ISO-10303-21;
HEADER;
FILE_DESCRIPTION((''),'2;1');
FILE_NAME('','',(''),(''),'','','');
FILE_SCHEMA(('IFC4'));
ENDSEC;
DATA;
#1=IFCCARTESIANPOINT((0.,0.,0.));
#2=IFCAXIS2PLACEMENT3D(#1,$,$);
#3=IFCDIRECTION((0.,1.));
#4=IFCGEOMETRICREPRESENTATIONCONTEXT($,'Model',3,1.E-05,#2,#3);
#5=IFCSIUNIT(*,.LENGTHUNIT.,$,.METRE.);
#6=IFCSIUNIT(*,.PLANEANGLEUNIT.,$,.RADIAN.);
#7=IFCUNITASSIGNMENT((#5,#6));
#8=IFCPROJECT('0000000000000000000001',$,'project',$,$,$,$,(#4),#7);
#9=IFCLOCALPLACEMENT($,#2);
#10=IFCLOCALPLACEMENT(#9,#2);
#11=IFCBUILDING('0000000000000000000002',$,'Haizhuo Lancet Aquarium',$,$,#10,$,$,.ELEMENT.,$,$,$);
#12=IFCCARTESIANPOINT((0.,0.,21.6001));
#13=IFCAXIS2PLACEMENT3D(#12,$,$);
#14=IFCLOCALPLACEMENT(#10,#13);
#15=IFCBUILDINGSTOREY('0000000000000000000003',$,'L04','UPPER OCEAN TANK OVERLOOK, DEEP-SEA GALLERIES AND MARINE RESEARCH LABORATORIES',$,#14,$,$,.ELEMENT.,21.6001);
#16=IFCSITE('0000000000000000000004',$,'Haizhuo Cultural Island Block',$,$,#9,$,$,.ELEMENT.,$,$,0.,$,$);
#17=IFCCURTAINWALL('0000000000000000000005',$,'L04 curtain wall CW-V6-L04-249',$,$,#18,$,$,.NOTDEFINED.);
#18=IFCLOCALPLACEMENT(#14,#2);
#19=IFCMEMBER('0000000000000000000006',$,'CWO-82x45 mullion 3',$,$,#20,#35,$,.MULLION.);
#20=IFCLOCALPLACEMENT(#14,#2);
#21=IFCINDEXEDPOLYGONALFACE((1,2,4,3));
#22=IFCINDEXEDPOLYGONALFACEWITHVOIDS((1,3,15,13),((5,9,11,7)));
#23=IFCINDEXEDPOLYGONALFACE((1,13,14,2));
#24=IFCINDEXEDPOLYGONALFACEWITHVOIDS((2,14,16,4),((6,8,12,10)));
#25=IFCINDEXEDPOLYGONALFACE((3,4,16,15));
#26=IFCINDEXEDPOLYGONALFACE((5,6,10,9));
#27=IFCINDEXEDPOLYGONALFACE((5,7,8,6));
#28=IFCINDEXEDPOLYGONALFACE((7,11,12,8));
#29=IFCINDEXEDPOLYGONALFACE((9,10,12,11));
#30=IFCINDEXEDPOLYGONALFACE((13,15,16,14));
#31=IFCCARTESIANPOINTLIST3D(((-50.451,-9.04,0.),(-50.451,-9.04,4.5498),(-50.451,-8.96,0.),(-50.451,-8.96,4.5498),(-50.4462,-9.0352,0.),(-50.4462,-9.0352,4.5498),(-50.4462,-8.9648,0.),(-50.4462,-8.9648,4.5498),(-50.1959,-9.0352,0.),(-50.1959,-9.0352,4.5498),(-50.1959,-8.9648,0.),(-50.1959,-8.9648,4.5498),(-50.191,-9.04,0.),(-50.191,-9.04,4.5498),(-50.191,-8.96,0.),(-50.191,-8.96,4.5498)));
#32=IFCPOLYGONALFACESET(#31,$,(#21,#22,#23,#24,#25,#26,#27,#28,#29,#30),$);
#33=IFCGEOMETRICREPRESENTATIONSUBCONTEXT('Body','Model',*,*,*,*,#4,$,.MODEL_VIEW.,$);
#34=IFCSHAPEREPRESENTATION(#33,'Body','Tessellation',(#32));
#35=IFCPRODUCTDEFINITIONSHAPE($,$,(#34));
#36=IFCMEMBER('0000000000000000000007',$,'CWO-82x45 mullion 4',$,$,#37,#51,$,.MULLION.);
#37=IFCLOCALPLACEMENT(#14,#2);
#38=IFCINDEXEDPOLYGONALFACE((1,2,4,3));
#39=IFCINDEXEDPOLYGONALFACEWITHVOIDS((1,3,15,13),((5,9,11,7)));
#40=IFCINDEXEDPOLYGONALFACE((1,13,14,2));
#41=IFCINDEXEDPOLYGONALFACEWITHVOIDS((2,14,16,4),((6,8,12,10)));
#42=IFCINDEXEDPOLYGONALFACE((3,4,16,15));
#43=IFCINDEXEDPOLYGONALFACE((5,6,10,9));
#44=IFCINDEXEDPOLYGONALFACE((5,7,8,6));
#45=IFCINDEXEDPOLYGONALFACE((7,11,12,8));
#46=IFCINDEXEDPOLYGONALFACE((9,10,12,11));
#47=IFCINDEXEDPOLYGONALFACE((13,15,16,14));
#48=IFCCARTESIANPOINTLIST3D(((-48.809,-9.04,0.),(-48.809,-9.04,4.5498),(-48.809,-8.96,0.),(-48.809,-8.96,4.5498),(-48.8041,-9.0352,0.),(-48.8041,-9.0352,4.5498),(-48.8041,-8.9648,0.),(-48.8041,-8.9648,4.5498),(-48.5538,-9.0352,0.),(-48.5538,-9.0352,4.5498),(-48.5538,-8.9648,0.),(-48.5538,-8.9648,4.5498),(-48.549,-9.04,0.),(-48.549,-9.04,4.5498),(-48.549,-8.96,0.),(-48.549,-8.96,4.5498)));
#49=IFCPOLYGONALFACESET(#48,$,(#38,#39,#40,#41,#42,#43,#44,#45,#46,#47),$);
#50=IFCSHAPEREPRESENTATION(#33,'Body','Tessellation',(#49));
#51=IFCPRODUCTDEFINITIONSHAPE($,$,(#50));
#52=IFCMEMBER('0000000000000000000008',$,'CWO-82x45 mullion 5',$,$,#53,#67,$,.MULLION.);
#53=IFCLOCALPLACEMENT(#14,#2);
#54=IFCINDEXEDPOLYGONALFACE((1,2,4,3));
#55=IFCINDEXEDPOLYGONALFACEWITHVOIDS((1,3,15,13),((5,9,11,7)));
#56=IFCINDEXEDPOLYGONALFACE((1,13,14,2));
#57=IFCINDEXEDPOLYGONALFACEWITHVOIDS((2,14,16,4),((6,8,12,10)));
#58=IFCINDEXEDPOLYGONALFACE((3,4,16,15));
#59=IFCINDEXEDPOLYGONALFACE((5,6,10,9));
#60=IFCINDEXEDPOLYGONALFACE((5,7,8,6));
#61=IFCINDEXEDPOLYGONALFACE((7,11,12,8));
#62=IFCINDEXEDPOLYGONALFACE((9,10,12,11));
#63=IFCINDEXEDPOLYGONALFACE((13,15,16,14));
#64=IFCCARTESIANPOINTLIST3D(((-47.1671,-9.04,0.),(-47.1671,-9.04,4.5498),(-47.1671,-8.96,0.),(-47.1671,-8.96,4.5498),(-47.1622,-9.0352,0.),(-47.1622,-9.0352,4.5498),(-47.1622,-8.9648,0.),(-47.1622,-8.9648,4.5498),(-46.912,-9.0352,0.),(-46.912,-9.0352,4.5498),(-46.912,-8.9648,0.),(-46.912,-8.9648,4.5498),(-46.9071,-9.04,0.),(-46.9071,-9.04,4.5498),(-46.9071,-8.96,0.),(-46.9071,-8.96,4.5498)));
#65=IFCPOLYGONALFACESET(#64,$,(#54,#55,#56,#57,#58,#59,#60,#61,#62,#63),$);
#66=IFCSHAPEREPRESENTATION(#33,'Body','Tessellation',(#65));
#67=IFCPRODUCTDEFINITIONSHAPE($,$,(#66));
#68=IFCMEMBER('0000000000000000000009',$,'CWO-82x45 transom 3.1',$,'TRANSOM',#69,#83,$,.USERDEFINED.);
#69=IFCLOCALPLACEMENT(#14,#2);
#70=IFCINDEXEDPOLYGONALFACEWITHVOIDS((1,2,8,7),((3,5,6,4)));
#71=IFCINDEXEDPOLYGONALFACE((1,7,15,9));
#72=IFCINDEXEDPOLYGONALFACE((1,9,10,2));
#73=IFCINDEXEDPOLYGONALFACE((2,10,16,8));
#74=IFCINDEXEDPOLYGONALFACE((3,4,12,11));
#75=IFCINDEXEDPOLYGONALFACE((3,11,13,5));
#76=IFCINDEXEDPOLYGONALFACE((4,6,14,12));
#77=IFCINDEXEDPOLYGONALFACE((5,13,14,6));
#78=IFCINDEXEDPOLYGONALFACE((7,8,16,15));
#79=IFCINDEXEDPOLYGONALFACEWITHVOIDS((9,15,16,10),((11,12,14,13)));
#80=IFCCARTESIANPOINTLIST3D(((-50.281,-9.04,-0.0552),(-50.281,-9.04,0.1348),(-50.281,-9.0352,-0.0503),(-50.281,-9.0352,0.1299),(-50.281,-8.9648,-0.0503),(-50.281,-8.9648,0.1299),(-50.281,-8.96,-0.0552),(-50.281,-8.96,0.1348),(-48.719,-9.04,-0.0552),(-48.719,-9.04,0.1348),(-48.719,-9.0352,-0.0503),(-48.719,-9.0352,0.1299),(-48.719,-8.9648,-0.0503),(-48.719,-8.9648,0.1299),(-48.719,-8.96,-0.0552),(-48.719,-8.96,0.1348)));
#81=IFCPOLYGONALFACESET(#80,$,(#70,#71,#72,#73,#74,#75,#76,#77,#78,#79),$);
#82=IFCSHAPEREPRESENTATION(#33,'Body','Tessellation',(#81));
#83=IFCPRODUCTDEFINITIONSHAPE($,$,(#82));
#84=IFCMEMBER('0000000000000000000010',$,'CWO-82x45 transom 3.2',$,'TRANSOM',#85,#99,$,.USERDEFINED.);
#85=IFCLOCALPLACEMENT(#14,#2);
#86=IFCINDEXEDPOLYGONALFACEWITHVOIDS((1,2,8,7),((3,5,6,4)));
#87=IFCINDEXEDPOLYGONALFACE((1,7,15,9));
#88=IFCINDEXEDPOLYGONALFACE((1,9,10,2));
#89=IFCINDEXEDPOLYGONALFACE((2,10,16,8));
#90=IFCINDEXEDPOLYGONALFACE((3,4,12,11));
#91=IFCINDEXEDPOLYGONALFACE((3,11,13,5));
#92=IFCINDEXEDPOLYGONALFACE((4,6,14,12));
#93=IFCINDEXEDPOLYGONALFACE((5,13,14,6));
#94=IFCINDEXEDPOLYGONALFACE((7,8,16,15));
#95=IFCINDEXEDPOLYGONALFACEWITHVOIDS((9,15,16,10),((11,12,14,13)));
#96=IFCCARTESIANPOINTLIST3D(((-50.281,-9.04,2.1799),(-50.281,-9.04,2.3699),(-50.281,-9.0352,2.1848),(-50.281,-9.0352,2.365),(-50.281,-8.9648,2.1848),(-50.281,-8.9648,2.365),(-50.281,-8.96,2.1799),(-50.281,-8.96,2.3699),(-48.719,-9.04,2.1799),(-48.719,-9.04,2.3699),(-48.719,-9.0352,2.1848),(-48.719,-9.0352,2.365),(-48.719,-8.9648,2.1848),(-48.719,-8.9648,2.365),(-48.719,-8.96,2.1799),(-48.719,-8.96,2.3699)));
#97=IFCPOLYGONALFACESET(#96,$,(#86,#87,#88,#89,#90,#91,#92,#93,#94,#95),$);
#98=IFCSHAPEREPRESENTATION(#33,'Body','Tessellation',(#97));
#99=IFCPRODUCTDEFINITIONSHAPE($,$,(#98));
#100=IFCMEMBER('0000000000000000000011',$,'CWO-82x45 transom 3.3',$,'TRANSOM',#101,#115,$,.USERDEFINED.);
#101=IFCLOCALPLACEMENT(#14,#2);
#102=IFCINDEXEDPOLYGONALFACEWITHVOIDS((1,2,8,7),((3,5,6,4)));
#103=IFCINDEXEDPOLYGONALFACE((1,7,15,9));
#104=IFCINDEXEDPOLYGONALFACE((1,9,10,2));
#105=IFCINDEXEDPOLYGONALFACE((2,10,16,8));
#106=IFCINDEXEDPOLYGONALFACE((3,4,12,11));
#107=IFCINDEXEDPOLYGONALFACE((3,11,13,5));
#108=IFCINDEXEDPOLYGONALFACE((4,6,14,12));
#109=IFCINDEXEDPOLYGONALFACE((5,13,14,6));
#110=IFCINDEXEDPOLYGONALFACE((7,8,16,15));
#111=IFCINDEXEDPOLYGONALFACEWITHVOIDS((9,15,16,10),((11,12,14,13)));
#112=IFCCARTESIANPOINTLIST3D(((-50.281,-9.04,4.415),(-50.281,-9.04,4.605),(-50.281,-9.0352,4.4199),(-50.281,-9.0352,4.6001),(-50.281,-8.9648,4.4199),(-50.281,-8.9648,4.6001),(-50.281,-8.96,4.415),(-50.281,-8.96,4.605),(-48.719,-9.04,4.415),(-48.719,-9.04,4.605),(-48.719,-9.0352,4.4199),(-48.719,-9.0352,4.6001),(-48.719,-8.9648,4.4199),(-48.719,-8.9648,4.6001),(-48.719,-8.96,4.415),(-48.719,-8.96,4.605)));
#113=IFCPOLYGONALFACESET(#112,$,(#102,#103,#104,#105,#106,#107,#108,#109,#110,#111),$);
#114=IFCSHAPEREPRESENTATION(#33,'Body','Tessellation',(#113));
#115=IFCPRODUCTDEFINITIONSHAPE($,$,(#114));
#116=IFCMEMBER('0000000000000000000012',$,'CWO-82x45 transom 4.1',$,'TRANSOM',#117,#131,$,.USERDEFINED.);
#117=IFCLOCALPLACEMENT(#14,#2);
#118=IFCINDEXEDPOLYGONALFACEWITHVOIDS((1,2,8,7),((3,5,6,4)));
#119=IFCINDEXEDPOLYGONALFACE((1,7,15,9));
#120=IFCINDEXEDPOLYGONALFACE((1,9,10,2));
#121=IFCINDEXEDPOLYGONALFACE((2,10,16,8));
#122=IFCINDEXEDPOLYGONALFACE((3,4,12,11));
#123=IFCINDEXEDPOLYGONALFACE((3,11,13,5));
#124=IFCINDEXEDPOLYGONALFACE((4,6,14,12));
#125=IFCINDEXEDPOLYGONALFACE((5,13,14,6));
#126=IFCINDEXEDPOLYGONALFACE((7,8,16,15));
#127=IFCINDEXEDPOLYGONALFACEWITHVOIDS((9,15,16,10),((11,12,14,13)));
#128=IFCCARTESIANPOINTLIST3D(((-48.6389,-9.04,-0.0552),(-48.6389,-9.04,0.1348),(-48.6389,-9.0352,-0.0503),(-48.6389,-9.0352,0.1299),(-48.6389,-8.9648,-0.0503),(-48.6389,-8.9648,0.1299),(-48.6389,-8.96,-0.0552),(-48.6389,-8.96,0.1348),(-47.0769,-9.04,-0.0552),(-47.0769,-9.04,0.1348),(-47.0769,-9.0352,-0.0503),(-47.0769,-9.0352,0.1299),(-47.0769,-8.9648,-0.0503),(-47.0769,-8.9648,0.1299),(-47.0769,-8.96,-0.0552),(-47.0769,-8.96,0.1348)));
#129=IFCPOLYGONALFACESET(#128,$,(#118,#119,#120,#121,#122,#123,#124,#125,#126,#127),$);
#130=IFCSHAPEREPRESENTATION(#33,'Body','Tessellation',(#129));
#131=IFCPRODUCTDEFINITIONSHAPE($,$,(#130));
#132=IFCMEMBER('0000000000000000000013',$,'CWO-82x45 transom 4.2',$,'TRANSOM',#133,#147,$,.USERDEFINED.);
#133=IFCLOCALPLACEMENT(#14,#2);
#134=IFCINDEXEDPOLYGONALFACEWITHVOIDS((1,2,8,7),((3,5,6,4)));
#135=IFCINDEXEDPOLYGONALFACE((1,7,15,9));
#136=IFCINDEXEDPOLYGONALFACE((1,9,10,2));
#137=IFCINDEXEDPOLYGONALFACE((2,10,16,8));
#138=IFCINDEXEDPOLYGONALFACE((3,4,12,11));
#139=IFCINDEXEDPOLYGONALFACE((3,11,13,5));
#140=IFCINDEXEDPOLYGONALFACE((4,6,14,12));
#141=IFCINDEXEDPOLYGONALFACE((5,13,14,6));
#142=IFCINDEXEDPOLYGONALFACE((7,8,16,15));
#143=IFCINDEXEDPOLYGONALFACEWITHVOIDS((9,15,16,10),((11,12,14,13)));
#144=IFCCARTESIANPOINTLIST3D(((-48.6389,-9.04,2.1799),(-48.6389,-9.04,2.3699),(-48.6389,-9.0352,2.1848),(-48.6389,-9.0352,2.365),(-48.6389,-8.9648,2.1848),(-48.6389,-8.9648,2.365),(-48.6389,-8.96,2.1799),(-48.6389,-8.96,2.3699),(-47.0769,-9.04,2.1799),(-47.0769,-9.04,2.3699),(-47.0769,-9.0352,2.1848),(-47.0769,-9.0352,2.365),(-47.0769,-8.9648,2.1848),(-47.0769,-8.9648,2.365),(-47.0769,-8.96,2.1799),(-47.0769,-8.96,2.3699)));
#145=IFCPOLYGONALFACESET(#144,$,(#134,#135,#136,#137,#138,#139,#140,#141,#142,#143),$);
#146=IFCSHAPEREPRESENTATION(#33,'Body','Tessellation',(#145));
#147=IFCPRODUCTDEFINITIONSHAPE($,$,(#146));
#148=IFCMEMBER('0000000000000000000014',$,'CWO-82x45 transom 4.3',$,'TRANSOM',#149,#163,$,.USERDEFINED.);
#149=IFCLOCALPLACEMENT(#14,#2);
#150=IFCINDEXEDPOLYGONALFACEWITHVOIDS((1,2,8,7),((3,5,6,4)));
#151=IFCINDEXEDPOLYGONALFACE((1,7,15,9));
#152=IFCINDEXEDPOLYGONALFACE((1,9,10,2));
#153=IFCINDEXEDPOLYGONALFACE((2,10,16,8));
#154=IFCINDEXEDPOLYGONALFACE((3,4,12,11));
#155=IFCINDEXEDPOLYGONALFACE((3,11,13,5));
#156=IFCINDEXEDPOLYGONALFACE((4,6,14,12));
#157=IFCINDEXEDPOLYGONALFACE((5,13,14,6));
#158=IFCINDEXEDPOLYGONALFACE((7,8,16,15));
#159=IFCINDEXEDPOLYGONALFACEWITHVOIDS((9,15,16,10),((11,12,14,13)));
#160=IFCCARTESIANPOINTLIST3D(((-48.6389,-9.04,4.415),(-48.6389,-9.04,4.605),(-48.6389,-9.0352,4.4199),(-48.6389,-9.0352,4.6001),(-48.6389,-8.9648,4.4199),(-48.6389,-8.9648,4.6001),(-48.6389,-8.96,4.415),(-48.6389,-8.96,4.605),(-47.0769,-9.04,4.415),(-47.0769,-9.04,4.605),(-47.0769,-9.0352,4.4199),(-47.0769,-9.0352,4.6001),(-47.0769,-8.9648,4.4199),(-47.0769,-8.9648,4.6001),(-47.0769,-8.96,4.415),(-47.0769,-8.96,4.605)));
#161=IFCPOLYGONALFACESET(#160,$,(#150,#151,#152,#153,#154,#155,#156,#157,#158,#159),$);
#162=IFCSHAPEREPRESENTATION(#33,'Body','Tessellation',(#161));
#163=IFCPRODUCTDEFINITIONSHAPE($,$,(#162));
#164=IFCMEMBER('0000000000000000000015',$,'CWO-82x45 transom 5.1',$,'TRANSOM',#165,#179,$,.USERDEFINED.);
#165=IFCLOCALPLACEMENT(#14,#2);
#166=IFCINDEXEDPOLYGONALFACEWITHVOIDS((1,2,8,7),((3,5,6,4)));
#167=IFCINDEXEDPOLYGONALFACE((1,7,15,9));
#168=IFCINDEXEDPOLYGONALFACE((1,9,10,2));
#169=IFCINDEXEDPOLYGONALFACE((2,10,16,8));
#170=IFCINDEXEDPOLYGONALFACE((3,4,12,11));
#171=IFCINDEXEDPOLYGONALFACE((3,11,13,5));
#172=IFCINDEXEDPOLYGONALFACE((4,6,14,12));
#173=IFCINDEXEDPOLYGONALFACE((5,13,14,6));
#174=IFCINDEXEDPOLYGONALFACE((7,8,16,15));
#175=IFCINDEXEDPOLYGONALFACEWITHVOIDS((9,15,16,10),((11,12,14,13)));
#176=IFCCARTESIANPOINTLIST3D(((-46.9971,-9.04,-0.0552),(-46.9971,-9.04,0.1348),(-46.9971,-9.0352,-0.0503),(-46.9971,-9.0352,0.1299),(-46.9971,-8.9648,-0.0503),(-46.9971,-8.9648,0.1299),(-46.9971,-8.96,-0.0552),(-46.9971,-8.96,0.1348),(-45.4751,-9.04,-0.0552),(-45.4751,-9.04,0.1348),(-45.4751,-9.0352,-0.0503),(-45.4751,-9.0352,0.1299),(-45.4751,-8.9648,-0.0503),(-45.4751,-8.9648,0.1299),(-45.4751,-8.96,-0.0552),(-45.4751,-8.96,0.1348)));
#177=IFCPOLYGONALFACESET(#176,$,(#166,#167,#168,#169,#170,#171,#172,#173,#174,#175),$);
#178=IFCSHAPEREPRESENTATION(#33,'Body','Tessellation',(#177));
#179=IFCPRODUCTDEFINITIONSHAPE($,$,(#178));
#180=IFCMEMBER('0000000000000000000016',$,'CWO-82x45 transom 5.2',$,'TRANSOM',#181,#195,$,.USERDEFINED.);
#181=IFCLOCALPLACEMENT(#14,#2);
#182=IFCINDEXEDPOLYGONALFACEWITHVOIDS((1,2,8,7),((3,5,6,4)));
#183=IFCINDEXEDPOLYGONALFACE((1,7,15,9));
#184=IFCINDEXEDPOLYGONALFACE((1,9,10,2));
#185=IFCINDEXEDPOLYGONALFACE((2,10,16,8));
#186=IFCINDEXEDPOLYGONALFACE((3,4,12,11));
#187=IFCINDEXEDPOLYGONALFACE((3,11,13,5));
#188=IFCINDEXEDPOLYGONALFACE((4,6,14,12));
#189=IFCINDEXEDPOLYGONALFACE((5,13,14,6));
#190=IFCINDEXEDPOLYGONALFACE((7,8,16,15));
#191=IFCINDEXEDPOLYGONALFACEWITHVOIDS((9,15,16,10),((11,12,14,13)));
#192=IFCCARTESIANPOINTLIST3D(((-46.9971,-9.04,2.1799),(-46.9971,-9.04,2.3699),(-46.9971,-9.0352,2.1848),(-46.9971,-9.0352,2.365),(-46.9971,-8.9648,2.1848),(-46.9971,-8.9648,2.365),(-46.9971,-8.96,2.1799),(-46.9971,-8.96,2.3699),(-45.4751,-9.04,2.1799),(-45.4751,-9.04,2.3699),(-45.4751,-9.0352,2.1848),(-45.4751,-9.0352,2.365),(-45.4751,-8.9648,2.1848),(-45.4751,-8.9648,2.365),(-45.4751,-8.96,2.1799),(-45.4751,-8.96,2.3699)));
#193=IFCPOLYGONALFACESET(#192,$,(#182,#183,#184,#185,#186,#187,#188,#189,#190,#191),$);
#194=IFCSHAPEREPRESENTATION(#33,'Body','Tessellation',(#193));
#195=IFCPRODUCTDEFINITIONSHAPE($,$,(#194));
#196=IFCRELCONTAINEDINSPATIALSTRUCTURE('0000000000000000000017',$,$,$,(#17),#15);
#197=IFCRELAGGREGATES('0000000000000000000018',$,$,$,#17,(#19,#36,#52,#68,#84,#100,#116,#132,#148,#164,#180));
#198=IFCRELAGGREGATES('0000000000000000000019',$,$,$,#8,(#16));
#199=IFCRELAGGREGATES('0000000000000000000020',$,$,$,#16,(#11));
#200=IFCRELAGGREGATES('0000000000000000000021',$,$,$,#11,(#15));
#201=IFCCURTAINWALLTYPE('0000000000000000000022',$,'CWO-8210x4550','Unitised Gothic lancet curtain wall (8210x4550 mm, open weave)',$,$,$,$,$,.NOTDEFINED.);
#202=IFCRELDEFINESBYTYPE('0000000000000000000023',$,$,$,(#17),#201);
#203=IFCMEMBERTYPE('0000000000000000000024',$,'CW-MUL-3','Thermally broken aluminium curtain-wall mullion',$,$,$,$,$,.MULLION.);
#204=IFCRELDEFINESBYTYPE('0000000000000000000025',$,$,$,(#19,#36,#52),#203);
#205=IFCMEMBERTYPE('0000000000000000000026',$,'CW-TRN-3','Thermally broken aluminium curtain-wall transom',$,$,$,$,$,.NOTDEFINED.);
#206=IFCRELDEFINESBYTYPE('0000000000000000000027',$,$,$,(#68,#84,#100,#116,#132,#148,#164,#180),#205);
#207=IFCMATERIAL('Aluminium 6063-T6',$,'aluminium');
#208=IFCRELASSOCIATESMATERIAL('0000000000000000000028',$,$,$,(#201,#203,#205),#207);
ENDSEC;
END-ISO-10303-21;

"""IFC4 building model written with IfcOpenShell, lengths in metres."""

from ifc_helpers import new_model, si_unit, direction, frame, origin, origin_2d, place, context, subcontext, project, spatial, hollow_rectangle, extrude, material, material_profile, profile_set, type_object, element, aggregate, save


model = new_model("IFC4")

# Units and contexts
model_context = context("Model", 3, precision=1e-05, world=origin(), true_north=direction((0.0, 1.0)))
body_context = subcontext(model_context, "Body", "Model", "MODEL_VIEW")
ifc_project = project(units=[si_unit("LENGTHUNIT", "METRE"), si_unit("PLANEANGLEUNIT", "RADIAN")], contexts=[model_context])

# Site, building, storey
site_placement = place(None, origin())
site = spatial("IfcSite", under=ifc_project, at=site_placement, Name="Haizhuo Cultural Island Block", CompositionType="ELEMENT", RefElevation=0.0)
building_placement = place(site_placement, origin())
building = spatial("IfcBuilding", under=site, at=building_placement, Name="Haizhuo Lancet Aquarium", CompositionType="ELEMENT")
storey_placement = place(building_placement, frame((0.0, 0.0, 21.6001)))
storey = spatial("IfcBuildingStorey", under=building, at=storey_placement, Name="L04", Description="UPPER OCEAN TANK OVERLOOK, DEEP-SEA GALLERIES AND MARINE RESEARCH LABORATORIES", CompositionType="ELEMENT", Elevation=21.6001)

# Curtain wall, members
ifc_material_1 = material(Name="Aluminium 6063-T6", Category="aluminium")
curtain_wall_type = type_object("IfcCurtainWallType", Name="CWO-8210x4550", Description="Unitised Gothic lancet curtain wall (8210x4550 mm, open weave)", PredefinedType="NOTDEFINED", material=ifc_material_1)
curtain_wall_placement = place(storey_placement, origin())
curtain_wall = element("IfcCurtainWall", 1, at=curtain_wall_placement, inside=storey, type_object=curtain_wall_type, Name="L04 curtain wall CW-V6-L04-249", PredefinedType="NOTDEFINED")
ifc_material_profile_1 = material_profile(ifc_material_1, hollow_rectangle(XDim=0.0801, YDim=0.26, WallThickness=0.0049, at=origin_2d()), Name="ALU-M 80x260x5")
ifc_profile_set_1 = profile_set([ifc_material_profile_1], Name="Aluminium 6063-T6")
member_type_1 = type_object("IfcMemberType", Name="CW-MUL-3", Description="Thermally broken aluminium curtain-wall mullion", PredefinedType="MULLION", material=ifc_profile_set_1)
member_1_placement = place(storey_placement, frame((-50.321, -9.0, 0.0), z_axis=(0.0, 0.0, 1.0), x_axis=(0.0, 1.0, 0.0)))
member_1 = element("IfcMember", 2, at=member_1_placement, type_object=member_type_1, Name="CWO-82x45 mullion 3", PredefinedType="MULLION", context=body_context, shape_type="SweptSolid", body=[
    extrude(hollow_rectangle(XDim=0.0801, YDim=0.26, WallThickness=0.0049, at=origin_2d()), origin(), (0.0, 0.0, 1.0), 4.5498),
])
member_2_placement = place(storey_placement, frame((-48.679, -9.0, 0.0), z_axis=(0.0, 0.0, 1.0), x_axis=(0.0, 1.0, 0.0)))
member_2 = element("IfcMember", 3, at=member_2_placement, type_object=member_type_1, Name="CWO-82x45 mullion 4", PredefinedType="MULLION", context=body_context, shape_type="SweptSolid", body=[
    extrude(hollow_rectangle(XDim=0.0801, YDim=0.26, WallThickness=0.0049, at=origin_2d()), origin(), (0.0, 0.0, 1.0), 4.5498),
])
member_3_placement = place(storey_placement, frame((-47.0371, -9.0, 0.0), z_axis=(0.0, 0.0, 1.0), x_axis=(0.0, 1.0, 0.0)))
member_3 = element("IfcMember", 4, at=member_3_placement, type_object=member_type_1, Name="CWO-82x45 mullion 5", PredefinedType="MULLION", context=body_context, shape_type="SweptSolid", body=[
    extrude(hollow_rectangle(XDim=0.0801, YDim=0.26, WallThickness=0.0049, at=origin_2d()), origin(), (0.0, 0.0, 1.0), 4.5498),
])
ifc_material_profile_2 = material_profile(ifc_material_1, hollow_rectangle(XDim=0.0801, YDim=0.1899, WallThickness=0.0049, at=origin_2d()), Name="ALU-T 80x190x5")
ifc_profile_set_2 = profile_set([ifc_material_profile_2], Name="Aluminium 6063-T6")
member_type_2 = type_object("IfcMemberType", Name="CW-TRN-3", Description="Thermally broken aluminium curtain-wall transom", PredefinedType="NOTDEFINED", material=ifc_profile_set_2)
member_4_placement = place(storey_placement, frame((-50.281, -9.0, 0.0398), z_axis=(1.0, 0.0, 0.0), x_axis=(0.0, 1.0, 0.0)))
member_4 = element("IfcMember", 5, at=member_4_placement, type_object=member_type_2, Name="CWO-82x45 transom 3.1", ObjectType="TRANSOM", PredefinedType="USERDEFINED", context=body_context, shape_type="SweptSolid", body=[
    extrude(hollow_rectangle(XDim=0.0801, YDim=0.1899, WallThickness=0.0049, at=origin_2d()), origin(), (0.0, 0.0, 1.0), 1.562),
])
member_5_placement = place(storey_placement, frame((-50.281, -9.0, 2.2749), z_axis=(1.0, 0.0, 0.0), x_axis=(0.0, 1.0, 0.0)))
member_5 = element("IfcMember", 6, at=member_5_placement, type_object=member_type_2, Name="CWO-82x45 transom 3.2", ObjectType="TRANSOM", PredefinedType="USERDEFINED", context=body_context, shape_type="SweptSolid", body=[
    extrude(hollow_rectangle(XDim=0.0801, YDim=0.1899, WallThickness=0.0049, at=origin_2d()), origin(), (0.0, 0.0, 1.0), 1.562),
])
member_6_placement = place(storey_placement, frame((-50.281, -9.0, 4.51), z_axis=(1.0, 0.0, 0.0), x_axis=(0.0, 1.0, 0.0)))
member_6 = element("IfcMember", 7, at=member_6_placement, type_object=member_type_2, Name="CWO-82x45 transom 3.3", ObjectType="TRANSOM", PredefinedType="USERDEFINED", context=body_context, shape_type="SweptSolid", body=[
    extrude(hollow_rectangle(XDim=0.0801, YDim=0.1899, WallThickness=0.0049, at=origin_2d()), origin(), (0.0, 0.0, 1.0), 1.562),
])
member_7_placement = place(storey_placement, frame((-48.6389, -9.0, 0.0398), z_axis=(1.0, 0.0, 0.0), x_axis=(0.0, 1.0, 0.0)))
member_7 = element("IfcMember", 8, at=member_7_placement, type_object=member_type_2, Name="CWO-82x45 transom 4.1", ObjectType="TRANSOM", PredefinedType="USERDEFINED", context=body_context, shape_type="SweptSolid", body=[
    extrude(hollow_rectangle(XDim=0.0801, YDim=0.1899, WallThickness=0.0049, at=origin_2d()), origin(), (0.0, 0.0, 1.0), 1.562),
])
member_8_placement = place(storey_placement, frame((-48.6389, -9.0, 2.2749), z_axis=(1.0, 0.0, 0.0), x_axis=(0.0, 1.0, 0.0)))
member_8 = element("IfcMember", 9, at=member_8_placement, type_object=member_type_2, Name="CWO-82x45 transom 4.2", ObjectType="TRANSOM", PredefinedType="USERDEFINED", context=body_context, shape_type="SweptSolid", body=[
    extrude(hollow_rectangle(XDim=0.0801, YDim=0.1899, WallThickness=0.0049, at=origin_2d()), origin(), (0.0, 0.0, 1.0), 1.562),
])
member_9_placement = place(storey_placement, frame((-48.6389, -9.0, 4.51), z_axis=(1.0, 0.0, 0.0), x_axis=(0.0, 1.0, 0.0)))
member_9 = element("IfcMember", 10, at=member_9_placement, type_object=member_type_2, Name="CWO-82x45 transom 4.3", ObjectType="TRANSOM", PredefinedType="USERDEFINED", context=body_context, shape_type="SweptSolid", body=[
    extrude(hollow_rectangle(XDim=0.0801, YDim=0.1899, WallThickness=0.0049, at=origin_2d()), origin(), (0.0, 0.0, 1.0), 1.562),
])
member_10_placement = place(storey_placement, frame((-46.9971, -9.0, 0.0398), z_axis=(1.0, 0.0, 0.0), x_axis=(0.0, 1.0, 0.0)))
member_10 = element("IfcMember", 11, at=member_10_placement, type_object=member_type_2, Name="CWO-82x45 transom 5.1", ObjectType="TRANSOM", PredefinedType="USERDEFINED", context=body_context, shape_type="SweptSolid", body=[
    extrude(hollow_rectangle(XDim=0.0801, YDim=0.1899, WallThickness=0.0049, at=origin_2d()), origin(), (0.0, 0.0, 1.0), 1.522),
])
member_11_placement = place(storey_placement, frame((-46.9971, -9.0, 2.2749), z_axis=(1.0, 0.0, 0.0), x_axis=(0.0, 1.0, 0.0)))
member_11 = element("IfcMember", 12, at=member_11_placement, type_object=member_type_2, Name="CWO-82x45 transom 5.2", ObjectType="TRANSOM", PredefinedType="USERDEFINED", context=body_context, shape_type="SweptSolid", body=[
    extrude(hollow_rectangle(XDim=0.0801, YDim=0.1899, WallThickness=0.0049, at=origin_2d()), origin(), (0.0, 0.0, 1.0), 1.522),
])

aggregate(curtain_wall, [member_1, member_2, member_3, member_4, member_5, member_6, member_7, member_8, member_9, member_10, member_11])

save(model, "model.ifc")
